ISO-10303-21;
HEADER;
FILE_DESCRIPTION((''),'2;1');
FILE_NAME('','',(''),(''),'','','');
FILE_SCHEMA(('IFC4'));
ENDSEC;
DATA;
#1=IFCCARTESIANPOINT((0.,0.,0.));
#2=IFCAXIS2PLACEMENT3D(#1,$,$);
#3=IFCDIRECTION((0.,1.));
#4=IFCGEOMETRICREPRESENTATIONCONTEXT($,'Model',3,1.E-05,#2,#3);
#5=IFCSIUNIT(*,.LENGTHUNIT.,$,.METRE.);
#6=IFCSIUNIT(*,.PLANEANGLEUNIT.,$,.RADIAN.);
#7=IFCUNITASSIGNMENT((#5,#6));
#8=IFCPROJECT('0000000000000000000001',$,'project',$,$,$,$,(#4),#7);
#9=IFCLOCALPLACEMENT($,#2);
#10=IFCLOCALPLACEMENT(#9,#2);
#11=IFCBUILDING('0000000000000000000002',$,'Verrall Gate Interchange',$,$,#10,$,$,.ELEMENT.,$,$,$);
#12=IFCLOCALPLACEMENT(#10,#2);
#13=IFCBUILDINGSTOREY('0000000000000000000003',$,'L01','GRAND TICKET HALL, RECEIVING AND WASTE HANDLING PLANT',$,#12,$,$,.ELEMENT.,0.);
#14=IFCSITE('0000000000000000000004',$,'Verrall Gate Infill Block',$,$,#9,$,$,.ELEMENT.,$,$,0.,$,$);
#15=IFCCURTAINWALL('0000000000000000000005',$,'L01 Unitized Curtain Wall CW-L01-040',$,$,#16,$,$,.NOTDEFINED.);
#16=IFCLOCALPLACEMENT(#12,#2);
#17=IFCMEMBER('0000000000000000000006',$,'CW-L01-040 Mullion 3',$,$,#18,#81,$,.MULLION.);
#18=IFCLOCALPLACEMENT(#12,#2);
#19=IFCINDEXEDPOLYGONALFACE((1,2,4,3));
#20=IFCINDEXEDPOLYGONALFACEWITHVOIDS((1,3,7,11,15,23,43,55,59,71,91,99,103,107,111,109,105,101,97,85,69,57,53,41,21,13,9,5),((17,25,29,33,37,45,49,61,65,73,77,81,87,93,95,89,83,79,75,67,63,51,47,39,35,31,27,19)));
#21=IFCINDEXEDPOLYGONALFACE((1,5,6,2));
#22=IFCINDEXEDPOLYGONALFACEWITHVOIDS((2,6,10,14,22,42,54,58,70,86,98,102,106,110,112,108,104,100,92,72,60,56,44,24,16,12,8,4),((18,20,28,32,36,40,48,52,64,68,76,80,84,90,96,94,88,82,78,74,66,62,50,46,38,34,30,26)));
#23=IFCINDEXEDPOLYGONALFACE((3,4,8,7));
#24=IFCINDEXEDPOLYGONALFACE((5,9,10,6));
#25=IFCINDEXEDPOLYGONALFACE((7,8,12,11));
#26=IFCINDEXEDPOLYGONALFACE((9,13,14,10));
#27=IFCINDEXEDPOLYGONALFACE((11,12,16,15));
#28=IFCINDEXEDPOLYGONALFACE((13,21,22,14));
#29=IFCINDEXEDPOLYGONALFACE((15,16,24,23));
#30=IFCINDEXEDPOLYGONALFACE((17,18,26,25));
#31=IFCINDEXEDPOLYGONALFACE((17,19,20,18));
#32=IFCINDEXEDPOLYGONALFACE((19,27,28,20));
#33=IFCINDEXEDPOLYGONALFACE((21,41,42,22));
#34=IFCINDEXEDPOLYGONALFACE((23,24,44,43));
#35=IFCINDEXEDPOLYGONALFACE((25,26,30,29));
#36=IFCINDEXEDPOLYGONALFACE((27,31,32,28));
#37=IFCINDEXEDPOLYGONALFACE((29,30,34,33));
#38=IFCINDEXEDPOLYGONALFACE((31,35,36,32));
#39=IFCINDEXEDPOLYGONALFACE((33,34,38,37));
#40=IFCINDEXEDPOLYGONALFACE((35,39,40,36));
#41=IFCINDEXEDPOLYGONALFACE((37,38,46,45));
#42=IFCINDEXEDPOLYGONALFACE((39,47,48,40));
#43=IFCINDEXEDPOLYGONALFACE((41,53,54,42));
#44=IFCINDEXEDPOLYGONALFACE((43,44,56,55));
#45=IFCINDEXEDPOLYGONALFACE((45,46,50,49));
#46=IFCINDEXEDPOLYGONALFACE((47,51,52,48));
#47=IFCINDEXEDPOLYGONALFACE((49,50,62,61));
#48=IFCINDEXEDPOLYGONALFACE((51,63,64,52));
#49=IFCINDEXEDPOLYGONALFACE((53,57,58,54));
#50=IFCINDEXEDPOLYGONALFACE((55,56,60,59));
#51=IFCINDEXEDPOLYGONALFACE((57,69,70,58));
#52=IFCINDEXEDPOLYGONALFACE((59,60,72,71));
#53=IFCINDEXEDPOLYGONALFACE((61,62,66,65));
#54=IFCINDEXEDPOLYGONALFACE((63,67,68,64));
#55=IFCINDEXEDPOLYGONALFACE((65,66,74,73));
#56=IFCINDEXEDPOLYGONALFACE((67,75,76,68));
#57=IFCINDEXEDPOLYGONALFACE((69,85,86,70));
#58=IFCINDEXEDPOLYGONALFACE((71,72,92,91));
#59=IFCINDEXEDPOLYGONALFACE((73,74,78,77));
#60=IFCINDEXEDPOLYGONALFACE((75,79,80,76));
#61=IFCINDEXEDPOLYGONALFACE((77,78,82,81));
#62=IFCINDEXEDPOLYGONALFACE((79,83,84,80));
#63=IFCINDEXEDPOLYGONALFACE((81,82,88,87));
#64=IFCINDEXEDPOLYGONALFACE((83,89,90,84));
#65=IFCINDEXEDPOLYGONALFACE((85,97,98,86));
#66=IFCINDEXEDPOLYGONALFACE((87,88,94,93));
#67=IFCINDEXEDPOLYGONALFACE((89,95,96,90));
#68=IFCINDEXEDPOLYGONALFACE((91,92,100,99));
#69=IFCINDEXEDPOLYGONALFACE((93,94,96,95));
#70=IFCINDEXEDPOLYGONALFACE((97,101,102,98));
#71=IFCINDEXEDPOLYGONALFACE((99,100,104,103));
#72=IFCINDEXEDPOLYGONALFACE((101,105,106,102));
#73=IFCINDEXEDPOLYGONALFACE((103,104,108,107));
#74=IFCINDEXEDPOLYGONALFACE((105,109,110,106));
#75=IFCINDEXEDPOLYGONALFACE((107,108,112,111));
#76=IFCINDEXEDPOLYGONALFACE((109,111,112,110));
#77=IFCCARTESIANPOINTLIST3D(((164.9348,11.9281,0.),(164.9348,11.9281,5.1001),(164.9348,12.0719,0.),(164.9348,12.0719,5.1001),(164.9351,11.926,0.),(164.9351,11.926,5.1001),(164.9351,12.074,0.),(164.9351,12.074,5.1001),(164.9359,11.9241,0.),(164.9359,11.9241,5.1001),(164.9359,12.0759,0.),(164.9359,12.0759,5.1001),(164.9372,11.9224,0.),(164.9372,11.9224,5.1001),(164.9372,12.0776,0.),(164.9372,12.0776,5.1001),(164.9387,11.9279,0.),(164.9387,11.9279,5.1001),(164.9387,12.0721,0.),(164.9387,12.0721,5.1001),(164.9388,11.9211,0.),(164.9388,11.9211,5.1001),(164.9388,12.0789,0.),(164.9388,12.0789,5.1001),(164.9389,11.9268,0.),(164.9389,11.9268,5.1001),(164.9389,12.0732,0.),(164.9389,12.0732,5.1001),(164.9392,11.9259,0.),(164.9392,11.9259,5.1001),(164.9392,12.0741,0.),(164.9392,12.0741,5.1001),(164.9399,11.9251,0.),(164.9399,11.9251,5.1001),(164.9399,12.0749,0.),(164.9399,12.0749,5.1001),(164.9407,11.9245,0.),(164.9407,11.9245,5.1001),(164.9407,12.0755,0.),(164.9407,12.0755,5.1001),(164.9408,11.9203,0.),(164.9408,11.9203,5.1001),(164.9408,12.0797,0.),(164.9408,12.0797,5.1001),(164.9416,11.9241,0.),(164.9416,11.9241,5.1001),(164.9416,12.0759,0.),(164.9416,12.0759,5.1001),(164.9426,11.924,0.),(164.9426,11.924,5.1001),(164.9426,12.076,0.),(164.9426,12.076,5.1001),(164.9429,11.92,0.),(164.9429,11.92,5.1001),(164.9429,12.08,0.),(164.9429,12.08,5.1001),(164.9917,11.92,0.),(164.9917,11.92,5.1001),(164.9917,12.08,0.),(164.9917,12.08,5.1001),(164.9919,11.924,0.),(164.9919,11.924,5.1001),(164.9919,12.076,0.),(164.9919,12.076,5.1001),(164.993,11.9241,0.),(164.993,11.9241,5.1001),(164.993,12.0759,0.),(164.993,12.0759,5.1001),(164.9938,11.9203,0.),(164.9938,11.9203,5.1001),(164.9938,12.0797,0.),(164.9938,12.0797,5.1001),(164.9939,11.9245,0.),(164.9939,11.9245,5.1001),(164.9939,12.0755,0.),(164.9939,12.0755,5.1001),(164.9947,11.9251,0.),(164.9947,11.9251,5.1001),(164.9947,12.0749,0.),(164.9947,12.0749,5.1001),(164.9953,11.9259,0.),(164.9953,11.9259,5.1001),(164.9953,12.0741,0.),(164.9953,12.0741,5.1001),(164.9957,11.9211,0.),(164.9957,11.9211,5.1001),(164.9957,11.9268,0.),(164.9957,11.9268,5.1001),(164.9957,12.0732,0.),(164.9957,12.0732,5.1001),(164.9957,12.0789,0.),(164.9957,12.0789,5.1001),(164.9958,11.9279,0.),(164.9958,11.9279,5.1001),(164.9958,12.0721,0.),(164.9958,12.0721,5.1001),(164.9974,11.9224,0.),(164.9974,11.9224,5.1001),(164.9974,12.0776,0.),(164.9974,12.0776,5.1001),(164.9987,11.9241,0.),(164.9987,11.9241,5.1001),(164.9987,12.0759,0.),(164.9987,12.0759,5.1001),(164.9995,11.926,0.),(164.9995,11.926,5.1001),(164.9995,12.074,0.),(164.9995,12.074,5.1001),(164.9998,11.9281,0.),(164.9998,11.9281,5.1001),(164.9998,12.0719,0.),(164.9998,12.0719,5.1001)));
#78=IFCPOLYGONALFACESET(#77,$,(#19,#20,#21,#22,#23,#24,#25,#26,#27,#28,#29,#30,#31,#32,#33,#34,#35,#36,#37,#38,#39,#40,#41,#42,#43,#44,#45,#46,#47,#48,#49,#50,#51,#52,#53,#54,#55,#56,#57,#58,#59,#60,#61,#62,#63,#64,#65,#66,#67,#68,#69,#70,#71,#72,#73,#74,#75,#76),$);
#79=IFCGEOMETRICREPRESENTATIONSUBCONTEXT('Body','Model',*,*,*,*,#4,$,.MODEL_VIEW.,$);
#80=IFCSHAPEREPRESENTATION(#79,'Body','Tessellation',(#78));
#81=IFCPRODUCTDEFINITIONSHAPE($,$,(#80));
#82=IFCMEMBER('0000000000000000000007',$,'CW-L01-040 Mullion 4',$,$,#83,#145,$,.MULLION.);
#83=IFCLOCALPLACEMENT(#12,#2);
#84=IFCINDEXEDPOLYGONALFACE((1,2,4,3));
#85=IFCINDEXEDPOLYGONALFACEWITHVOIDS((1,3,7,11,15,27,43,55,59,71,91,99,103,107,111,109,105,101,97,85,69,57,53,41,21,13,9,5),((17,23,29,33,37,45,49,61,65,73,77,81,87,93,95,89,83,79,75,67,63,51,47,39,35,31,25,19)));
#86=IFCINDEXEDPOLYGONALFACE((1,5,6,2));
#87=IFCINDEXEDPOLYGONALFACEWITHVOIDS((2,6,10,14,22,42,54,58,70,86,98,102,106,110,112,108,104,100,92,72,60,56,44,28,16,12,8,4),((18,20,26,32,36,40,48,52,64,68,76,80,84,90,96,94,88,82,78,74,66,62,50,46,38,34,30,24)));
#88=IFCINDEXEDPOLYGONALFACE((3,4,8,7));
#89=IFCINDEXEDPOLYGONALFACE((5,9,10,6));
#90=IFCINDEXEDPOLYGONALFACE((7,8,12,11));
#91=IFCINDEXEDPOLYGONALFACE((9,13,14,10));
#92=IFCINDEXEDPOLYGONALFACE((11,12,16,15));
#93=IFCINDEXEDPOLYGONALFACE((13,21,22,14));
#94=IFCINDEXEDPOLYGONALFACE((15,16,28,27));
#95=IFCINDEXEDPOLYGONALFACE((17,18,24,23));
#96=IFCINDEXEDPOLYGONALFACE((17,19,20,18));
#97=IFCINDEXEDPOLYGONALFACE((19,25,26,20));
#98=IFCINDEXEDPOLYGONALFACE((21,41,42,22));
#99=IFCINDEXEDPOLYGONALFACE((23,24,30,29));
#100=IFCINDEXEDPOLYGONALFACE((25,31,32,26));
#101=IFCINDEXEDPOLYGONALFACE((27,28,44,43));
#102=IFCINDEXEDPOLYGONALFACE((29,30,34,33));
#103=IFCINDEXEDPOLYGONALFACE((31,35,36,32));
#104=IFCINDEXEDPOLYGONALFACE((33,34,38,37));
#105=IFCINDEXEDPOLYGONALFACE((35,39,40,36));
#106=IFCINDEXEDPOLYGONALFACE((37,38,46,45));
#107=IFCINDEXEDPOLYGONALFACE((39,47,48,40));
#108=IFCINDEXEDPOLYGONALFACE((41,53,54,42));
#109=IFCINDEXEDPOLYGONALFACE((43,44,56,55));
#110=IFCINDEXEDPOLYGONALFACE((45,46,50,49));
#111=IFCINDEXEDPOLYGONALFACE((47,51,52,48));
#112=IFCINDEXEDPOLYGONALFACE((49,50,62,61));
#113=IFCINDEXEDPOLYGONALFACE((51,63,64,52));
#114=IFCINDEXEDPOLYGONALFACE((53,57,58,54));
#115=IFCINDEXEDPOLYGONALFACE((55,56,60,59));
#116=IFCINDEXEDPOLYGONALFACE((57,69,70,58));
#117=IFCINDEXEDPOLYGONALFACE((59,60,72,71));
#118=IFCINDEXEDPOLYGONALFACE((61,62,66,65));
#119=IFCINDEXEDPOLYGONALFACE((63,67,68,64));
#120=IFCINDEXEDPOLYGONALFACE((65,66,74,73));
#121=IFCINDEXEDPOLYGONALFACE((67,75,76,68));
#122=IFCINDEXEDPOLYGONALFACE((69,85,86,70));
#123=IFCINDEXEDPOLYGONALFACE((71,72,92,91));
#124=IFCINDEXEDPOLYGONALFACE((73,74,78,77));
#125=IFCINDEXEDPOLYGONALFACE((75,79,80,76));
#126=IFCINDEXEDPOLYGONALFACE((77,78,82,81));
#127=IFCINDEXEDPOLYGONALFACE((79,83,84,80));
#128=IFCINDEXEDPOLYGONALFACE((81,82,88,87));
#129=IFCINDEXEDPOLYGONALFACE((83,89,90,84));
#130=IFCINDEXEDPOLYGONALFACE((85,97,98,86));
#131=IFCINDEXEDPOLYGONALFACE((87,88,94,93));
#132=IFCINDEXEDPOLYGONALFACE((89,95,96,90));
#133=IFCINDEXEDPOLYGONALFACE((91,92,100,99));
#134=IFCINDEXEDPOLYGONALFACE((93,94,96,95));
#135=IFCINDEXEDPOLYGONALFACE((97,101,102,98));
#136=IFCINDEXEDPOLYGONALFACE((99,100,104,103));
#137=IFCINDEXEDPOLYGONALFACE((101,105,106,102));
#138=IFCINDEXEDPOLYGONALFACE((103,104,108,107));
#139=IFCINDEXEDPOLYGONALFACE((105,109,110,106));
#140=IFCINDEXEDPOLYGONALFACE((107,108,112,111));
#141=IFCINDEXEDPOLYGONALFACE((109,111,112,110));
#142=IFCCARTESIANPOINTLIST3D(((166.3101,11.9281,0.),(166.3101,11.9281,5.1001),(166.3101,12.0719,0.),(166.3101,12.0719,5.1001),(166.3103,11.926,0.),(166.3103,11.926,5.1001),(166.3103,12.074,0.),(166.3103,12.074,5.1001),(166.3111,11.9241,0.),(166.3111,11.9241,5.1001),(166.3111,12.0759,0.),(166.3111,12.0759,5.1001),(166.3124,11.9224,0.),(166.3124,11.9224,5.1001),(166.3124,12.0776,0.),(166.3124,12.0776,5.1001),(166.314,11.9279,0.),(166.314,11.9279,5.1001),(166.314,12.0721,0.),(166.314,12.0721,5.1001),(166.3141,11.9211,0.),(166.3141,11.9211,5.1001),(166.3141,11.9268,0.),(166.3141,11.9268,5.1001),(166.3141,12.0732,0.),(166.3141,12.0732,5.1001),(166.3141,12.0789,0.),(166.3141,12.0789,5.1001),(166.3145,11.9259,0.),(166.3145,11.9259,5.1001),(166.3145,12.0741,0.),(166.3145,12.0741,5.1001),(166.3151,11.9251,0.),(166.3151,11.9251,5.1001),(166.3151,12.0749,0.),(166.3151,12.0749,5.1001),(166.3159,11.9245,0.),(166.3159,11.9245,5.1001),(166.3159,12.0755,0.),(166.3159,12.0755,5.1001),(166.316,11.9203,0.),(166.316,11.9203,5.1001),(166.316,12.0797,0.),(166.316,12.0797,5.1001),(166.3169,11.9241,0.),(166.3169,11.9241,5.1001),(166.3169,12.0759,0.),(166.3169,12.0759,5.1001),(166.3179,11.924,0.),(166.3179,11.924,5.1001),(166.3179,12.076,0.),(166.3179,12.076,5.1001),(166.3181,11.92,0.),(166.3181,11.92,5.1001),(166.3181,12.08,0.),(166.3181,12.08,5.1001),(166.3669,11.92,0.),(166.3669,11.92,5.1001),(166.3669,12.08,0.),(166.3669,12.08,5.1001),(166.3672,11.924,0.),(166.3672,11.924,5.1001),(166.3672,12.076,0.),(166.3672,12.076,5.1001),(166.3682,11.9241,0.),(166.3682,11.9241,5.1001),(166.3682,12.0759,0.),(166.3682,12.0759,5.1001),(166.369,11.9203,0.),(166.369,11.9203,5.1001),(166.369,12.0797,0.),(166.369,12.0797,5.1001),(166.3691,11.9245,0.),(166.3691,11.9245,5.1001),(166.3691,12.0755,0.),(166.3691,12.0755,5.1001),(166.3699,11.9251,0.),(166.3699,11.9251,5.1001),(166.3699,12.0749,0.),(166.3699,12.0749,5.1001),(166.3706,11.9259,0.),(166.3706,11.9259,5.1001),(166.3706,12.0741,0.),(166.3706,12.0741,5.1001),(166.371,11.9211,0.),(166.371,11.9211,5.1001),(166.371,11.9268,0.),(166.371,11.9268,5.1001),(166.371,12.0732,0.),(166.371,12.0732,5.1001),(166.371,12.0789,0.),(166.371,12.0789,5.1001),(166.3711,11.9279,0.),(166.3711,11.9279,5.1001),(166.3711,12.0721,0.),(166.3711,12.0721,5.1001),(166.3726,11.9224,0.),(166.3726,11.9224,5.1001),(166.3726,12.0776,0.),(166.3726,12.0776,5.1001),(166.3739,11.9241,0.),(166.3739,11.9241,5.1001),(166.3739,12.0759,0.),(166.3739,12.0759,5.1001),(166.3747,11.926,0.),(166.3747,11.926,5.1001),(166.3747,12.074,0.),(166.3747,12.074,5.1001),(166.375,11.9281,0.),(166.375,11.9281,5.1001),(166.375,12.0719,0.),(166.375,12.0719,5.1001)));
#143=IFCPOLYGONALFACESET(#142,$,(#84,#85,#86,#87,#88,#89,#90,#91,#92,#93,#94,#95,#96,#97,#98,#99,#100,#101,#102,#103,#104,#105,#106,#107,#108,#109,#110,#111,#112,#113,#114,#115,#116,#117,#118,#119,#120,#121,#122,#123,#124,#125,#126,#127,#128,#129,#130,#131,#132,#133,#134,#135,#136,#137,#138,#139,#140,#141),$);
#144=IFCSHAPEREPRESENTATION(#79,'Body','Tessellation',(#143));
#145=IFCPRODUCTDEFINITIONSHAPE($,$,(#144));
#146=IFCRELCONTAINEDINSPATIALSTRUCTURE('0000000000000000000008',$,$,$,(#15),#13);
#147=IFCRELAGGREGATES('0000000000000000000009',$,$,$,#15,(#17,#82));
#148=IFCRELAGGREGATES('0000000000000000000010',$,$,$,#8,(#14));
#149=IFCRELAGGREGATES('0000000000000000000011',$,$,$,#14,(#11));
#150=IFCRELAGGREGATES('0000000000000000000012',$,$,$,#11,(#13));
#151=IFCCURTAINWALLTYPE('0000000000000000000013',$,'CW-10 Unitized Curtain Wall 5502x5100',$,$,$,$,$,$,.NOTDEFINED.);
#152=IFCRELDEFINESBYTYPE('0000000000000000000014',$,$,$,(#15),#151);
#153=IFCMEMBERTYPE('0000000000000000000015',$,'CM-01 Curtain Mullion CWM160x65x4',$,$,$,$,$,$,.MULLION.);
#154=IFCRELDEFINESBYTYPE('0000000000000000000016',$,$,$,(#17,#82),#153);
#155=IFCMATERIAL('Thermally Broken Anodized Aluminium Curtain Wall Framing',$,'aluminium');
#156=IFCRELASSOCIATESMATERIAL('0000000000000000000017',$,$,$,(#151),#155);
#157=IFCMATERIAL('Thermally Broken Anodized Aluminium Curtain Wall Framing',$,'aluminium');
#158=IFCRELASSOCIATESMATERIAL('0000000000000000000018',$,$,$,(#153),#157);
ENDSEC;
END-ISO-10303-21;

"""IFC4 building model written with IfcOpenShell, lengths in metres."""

from ifc_helpers import new_model, si_unit, direction, frame, origin, origin_2d, place, context, subcontext, project, spatial, hollow_rectangle, extrude, material, material_profile, profile_set, type_object, element, aggregate, save


model = new_model("IFC4")

# Units and contexts
model_context = context("Model", 3, precision=1e-05, world=origin(), true_north=direction((0.0, 1.0)))
body_context = subcontext(model_context, "Body", "Model", "MODEL_VIEW")
ifc_project = project(units=[si_unit("LENGTHUNIT", "METRE"), si_unit("PLANEANGLEUNIT", "RADIAN")], contexts=[model_context])

# Site, building, storey
site_placement = place(None, origin())
site = spatial("IfcSite", under=ifc_project, at=site_placement, Name="Verrall Gate Infill Block", CompositionType="ELEMENT", RefElevation=0.0)
building_placement = place(site_placement, origin())
building = spatial("IfcBuilding", under=site, at=building_placement, Name="Verrall Gate Interchange", CompositionType="ELEMENT")
storey_placement = place(building_placement, origin())
storey = spatial("IfcBuildingStorey", under=building, at=storey_placement, Name="L01", Description="GRAND TICKET HALL, RECEIVING AND WASTE HANDLING PLANT", CompositionType="ELEMENT", Elevation=0.0)

# Curtain wall, members
ifc_material_1 = material(Name="Thermally Broken Anodized Aluminium Curtain Wall Framing", Category="aluminium")
curtain_wall_type = type_object("IfcCurtainWallType", Name="CW-10 Unitized Curtain Wall 5502x5100", PredefinedType="NOTDEFINED", material=ifc_material_1)
curtain_wall_placement = place(storey_placement, origin())
curtain_wall = element("IfcCurtainWall", 1, at=curtain_wall_placement, inside=storey, type_object=curtain_wall_type, Name="L01 Unitized Curtain Wall CW-L01-040", PredefinedType="NOTDEFINED")
ifc_material_2 = material(Name="Thermally Broken Anodized Aluminium Curtain Wall Framing", Category="aluminium")
ifc_material_profile_1 = material_profile(ifc_material_2, hollow_rectangle(XDim=0.0649, YDim=0.1599, WallThickness=0.0039, InnerFilletRadius=0.0039, OuterFilletRadius=0.0081, at=origin_2d()), Name="CWM160x65x4")
ifc_profile_set_1 = profile_set([ifc_material_profile_1], Name="Thermally Broken Anodized Aluminium Curtain Wall Framing")
member_type = type_object("IfcMemberType", Name="CM-01 Curtain Mullion CWM160x65x4", PredefinedType="MULLION", material=ifc_profile_set_1)
member_1_placement = place(storey_placement, frame((164.9673, 12.0, 0.0), z_axis=(0.0, 0.0, 1.0), x_axis=(1.0, 0.0, 0.0)))
member_1 = element("IfcMember", 2, at=member_1_placement, type_object=member_type, Name="CW-L01-040 Mullion 3", PredefinedType="MULLION", context=body_context, shape_type="SweptSolid", body=[
    extrude(hollow_rectangle(XDim=0.0649, YDim=0.1599, WallThickness=0.0039, InnerFilletRadius=0.0039, OuterFilletRadius=0.0081, at=origin_2d()), origin(), (0.0, 0.0, 1.0), 5.1001),
])
member_2_placement = place(storey_placement, frame((166.3425, 12.0, 0.0), z_axis=(0.0, 0.0, 1.0), x_axis=(1.0, 0.0, 0.0)))
member_2 = element("IfcMember", 3, at=member_2_placement, type_object=member_type, Name="CW-L01-040 Mullion 4", PredefinedType="MULLION", context=body_context, shape_type="SweptSolid", body=[
    extrude(hollow_rectangle(XDim=0.0649, YDim=0.1599, WallThickness=0.0039, InnerFilletRadius=0.0039, OuterFilletRadius=0.0081, at=origin_2d()), origin(), (0.0, 0.0, 1.0), 5.1001),
])

aggregate(curtain_wall, [member_1, member_2])

save(model, "model.ifc")
